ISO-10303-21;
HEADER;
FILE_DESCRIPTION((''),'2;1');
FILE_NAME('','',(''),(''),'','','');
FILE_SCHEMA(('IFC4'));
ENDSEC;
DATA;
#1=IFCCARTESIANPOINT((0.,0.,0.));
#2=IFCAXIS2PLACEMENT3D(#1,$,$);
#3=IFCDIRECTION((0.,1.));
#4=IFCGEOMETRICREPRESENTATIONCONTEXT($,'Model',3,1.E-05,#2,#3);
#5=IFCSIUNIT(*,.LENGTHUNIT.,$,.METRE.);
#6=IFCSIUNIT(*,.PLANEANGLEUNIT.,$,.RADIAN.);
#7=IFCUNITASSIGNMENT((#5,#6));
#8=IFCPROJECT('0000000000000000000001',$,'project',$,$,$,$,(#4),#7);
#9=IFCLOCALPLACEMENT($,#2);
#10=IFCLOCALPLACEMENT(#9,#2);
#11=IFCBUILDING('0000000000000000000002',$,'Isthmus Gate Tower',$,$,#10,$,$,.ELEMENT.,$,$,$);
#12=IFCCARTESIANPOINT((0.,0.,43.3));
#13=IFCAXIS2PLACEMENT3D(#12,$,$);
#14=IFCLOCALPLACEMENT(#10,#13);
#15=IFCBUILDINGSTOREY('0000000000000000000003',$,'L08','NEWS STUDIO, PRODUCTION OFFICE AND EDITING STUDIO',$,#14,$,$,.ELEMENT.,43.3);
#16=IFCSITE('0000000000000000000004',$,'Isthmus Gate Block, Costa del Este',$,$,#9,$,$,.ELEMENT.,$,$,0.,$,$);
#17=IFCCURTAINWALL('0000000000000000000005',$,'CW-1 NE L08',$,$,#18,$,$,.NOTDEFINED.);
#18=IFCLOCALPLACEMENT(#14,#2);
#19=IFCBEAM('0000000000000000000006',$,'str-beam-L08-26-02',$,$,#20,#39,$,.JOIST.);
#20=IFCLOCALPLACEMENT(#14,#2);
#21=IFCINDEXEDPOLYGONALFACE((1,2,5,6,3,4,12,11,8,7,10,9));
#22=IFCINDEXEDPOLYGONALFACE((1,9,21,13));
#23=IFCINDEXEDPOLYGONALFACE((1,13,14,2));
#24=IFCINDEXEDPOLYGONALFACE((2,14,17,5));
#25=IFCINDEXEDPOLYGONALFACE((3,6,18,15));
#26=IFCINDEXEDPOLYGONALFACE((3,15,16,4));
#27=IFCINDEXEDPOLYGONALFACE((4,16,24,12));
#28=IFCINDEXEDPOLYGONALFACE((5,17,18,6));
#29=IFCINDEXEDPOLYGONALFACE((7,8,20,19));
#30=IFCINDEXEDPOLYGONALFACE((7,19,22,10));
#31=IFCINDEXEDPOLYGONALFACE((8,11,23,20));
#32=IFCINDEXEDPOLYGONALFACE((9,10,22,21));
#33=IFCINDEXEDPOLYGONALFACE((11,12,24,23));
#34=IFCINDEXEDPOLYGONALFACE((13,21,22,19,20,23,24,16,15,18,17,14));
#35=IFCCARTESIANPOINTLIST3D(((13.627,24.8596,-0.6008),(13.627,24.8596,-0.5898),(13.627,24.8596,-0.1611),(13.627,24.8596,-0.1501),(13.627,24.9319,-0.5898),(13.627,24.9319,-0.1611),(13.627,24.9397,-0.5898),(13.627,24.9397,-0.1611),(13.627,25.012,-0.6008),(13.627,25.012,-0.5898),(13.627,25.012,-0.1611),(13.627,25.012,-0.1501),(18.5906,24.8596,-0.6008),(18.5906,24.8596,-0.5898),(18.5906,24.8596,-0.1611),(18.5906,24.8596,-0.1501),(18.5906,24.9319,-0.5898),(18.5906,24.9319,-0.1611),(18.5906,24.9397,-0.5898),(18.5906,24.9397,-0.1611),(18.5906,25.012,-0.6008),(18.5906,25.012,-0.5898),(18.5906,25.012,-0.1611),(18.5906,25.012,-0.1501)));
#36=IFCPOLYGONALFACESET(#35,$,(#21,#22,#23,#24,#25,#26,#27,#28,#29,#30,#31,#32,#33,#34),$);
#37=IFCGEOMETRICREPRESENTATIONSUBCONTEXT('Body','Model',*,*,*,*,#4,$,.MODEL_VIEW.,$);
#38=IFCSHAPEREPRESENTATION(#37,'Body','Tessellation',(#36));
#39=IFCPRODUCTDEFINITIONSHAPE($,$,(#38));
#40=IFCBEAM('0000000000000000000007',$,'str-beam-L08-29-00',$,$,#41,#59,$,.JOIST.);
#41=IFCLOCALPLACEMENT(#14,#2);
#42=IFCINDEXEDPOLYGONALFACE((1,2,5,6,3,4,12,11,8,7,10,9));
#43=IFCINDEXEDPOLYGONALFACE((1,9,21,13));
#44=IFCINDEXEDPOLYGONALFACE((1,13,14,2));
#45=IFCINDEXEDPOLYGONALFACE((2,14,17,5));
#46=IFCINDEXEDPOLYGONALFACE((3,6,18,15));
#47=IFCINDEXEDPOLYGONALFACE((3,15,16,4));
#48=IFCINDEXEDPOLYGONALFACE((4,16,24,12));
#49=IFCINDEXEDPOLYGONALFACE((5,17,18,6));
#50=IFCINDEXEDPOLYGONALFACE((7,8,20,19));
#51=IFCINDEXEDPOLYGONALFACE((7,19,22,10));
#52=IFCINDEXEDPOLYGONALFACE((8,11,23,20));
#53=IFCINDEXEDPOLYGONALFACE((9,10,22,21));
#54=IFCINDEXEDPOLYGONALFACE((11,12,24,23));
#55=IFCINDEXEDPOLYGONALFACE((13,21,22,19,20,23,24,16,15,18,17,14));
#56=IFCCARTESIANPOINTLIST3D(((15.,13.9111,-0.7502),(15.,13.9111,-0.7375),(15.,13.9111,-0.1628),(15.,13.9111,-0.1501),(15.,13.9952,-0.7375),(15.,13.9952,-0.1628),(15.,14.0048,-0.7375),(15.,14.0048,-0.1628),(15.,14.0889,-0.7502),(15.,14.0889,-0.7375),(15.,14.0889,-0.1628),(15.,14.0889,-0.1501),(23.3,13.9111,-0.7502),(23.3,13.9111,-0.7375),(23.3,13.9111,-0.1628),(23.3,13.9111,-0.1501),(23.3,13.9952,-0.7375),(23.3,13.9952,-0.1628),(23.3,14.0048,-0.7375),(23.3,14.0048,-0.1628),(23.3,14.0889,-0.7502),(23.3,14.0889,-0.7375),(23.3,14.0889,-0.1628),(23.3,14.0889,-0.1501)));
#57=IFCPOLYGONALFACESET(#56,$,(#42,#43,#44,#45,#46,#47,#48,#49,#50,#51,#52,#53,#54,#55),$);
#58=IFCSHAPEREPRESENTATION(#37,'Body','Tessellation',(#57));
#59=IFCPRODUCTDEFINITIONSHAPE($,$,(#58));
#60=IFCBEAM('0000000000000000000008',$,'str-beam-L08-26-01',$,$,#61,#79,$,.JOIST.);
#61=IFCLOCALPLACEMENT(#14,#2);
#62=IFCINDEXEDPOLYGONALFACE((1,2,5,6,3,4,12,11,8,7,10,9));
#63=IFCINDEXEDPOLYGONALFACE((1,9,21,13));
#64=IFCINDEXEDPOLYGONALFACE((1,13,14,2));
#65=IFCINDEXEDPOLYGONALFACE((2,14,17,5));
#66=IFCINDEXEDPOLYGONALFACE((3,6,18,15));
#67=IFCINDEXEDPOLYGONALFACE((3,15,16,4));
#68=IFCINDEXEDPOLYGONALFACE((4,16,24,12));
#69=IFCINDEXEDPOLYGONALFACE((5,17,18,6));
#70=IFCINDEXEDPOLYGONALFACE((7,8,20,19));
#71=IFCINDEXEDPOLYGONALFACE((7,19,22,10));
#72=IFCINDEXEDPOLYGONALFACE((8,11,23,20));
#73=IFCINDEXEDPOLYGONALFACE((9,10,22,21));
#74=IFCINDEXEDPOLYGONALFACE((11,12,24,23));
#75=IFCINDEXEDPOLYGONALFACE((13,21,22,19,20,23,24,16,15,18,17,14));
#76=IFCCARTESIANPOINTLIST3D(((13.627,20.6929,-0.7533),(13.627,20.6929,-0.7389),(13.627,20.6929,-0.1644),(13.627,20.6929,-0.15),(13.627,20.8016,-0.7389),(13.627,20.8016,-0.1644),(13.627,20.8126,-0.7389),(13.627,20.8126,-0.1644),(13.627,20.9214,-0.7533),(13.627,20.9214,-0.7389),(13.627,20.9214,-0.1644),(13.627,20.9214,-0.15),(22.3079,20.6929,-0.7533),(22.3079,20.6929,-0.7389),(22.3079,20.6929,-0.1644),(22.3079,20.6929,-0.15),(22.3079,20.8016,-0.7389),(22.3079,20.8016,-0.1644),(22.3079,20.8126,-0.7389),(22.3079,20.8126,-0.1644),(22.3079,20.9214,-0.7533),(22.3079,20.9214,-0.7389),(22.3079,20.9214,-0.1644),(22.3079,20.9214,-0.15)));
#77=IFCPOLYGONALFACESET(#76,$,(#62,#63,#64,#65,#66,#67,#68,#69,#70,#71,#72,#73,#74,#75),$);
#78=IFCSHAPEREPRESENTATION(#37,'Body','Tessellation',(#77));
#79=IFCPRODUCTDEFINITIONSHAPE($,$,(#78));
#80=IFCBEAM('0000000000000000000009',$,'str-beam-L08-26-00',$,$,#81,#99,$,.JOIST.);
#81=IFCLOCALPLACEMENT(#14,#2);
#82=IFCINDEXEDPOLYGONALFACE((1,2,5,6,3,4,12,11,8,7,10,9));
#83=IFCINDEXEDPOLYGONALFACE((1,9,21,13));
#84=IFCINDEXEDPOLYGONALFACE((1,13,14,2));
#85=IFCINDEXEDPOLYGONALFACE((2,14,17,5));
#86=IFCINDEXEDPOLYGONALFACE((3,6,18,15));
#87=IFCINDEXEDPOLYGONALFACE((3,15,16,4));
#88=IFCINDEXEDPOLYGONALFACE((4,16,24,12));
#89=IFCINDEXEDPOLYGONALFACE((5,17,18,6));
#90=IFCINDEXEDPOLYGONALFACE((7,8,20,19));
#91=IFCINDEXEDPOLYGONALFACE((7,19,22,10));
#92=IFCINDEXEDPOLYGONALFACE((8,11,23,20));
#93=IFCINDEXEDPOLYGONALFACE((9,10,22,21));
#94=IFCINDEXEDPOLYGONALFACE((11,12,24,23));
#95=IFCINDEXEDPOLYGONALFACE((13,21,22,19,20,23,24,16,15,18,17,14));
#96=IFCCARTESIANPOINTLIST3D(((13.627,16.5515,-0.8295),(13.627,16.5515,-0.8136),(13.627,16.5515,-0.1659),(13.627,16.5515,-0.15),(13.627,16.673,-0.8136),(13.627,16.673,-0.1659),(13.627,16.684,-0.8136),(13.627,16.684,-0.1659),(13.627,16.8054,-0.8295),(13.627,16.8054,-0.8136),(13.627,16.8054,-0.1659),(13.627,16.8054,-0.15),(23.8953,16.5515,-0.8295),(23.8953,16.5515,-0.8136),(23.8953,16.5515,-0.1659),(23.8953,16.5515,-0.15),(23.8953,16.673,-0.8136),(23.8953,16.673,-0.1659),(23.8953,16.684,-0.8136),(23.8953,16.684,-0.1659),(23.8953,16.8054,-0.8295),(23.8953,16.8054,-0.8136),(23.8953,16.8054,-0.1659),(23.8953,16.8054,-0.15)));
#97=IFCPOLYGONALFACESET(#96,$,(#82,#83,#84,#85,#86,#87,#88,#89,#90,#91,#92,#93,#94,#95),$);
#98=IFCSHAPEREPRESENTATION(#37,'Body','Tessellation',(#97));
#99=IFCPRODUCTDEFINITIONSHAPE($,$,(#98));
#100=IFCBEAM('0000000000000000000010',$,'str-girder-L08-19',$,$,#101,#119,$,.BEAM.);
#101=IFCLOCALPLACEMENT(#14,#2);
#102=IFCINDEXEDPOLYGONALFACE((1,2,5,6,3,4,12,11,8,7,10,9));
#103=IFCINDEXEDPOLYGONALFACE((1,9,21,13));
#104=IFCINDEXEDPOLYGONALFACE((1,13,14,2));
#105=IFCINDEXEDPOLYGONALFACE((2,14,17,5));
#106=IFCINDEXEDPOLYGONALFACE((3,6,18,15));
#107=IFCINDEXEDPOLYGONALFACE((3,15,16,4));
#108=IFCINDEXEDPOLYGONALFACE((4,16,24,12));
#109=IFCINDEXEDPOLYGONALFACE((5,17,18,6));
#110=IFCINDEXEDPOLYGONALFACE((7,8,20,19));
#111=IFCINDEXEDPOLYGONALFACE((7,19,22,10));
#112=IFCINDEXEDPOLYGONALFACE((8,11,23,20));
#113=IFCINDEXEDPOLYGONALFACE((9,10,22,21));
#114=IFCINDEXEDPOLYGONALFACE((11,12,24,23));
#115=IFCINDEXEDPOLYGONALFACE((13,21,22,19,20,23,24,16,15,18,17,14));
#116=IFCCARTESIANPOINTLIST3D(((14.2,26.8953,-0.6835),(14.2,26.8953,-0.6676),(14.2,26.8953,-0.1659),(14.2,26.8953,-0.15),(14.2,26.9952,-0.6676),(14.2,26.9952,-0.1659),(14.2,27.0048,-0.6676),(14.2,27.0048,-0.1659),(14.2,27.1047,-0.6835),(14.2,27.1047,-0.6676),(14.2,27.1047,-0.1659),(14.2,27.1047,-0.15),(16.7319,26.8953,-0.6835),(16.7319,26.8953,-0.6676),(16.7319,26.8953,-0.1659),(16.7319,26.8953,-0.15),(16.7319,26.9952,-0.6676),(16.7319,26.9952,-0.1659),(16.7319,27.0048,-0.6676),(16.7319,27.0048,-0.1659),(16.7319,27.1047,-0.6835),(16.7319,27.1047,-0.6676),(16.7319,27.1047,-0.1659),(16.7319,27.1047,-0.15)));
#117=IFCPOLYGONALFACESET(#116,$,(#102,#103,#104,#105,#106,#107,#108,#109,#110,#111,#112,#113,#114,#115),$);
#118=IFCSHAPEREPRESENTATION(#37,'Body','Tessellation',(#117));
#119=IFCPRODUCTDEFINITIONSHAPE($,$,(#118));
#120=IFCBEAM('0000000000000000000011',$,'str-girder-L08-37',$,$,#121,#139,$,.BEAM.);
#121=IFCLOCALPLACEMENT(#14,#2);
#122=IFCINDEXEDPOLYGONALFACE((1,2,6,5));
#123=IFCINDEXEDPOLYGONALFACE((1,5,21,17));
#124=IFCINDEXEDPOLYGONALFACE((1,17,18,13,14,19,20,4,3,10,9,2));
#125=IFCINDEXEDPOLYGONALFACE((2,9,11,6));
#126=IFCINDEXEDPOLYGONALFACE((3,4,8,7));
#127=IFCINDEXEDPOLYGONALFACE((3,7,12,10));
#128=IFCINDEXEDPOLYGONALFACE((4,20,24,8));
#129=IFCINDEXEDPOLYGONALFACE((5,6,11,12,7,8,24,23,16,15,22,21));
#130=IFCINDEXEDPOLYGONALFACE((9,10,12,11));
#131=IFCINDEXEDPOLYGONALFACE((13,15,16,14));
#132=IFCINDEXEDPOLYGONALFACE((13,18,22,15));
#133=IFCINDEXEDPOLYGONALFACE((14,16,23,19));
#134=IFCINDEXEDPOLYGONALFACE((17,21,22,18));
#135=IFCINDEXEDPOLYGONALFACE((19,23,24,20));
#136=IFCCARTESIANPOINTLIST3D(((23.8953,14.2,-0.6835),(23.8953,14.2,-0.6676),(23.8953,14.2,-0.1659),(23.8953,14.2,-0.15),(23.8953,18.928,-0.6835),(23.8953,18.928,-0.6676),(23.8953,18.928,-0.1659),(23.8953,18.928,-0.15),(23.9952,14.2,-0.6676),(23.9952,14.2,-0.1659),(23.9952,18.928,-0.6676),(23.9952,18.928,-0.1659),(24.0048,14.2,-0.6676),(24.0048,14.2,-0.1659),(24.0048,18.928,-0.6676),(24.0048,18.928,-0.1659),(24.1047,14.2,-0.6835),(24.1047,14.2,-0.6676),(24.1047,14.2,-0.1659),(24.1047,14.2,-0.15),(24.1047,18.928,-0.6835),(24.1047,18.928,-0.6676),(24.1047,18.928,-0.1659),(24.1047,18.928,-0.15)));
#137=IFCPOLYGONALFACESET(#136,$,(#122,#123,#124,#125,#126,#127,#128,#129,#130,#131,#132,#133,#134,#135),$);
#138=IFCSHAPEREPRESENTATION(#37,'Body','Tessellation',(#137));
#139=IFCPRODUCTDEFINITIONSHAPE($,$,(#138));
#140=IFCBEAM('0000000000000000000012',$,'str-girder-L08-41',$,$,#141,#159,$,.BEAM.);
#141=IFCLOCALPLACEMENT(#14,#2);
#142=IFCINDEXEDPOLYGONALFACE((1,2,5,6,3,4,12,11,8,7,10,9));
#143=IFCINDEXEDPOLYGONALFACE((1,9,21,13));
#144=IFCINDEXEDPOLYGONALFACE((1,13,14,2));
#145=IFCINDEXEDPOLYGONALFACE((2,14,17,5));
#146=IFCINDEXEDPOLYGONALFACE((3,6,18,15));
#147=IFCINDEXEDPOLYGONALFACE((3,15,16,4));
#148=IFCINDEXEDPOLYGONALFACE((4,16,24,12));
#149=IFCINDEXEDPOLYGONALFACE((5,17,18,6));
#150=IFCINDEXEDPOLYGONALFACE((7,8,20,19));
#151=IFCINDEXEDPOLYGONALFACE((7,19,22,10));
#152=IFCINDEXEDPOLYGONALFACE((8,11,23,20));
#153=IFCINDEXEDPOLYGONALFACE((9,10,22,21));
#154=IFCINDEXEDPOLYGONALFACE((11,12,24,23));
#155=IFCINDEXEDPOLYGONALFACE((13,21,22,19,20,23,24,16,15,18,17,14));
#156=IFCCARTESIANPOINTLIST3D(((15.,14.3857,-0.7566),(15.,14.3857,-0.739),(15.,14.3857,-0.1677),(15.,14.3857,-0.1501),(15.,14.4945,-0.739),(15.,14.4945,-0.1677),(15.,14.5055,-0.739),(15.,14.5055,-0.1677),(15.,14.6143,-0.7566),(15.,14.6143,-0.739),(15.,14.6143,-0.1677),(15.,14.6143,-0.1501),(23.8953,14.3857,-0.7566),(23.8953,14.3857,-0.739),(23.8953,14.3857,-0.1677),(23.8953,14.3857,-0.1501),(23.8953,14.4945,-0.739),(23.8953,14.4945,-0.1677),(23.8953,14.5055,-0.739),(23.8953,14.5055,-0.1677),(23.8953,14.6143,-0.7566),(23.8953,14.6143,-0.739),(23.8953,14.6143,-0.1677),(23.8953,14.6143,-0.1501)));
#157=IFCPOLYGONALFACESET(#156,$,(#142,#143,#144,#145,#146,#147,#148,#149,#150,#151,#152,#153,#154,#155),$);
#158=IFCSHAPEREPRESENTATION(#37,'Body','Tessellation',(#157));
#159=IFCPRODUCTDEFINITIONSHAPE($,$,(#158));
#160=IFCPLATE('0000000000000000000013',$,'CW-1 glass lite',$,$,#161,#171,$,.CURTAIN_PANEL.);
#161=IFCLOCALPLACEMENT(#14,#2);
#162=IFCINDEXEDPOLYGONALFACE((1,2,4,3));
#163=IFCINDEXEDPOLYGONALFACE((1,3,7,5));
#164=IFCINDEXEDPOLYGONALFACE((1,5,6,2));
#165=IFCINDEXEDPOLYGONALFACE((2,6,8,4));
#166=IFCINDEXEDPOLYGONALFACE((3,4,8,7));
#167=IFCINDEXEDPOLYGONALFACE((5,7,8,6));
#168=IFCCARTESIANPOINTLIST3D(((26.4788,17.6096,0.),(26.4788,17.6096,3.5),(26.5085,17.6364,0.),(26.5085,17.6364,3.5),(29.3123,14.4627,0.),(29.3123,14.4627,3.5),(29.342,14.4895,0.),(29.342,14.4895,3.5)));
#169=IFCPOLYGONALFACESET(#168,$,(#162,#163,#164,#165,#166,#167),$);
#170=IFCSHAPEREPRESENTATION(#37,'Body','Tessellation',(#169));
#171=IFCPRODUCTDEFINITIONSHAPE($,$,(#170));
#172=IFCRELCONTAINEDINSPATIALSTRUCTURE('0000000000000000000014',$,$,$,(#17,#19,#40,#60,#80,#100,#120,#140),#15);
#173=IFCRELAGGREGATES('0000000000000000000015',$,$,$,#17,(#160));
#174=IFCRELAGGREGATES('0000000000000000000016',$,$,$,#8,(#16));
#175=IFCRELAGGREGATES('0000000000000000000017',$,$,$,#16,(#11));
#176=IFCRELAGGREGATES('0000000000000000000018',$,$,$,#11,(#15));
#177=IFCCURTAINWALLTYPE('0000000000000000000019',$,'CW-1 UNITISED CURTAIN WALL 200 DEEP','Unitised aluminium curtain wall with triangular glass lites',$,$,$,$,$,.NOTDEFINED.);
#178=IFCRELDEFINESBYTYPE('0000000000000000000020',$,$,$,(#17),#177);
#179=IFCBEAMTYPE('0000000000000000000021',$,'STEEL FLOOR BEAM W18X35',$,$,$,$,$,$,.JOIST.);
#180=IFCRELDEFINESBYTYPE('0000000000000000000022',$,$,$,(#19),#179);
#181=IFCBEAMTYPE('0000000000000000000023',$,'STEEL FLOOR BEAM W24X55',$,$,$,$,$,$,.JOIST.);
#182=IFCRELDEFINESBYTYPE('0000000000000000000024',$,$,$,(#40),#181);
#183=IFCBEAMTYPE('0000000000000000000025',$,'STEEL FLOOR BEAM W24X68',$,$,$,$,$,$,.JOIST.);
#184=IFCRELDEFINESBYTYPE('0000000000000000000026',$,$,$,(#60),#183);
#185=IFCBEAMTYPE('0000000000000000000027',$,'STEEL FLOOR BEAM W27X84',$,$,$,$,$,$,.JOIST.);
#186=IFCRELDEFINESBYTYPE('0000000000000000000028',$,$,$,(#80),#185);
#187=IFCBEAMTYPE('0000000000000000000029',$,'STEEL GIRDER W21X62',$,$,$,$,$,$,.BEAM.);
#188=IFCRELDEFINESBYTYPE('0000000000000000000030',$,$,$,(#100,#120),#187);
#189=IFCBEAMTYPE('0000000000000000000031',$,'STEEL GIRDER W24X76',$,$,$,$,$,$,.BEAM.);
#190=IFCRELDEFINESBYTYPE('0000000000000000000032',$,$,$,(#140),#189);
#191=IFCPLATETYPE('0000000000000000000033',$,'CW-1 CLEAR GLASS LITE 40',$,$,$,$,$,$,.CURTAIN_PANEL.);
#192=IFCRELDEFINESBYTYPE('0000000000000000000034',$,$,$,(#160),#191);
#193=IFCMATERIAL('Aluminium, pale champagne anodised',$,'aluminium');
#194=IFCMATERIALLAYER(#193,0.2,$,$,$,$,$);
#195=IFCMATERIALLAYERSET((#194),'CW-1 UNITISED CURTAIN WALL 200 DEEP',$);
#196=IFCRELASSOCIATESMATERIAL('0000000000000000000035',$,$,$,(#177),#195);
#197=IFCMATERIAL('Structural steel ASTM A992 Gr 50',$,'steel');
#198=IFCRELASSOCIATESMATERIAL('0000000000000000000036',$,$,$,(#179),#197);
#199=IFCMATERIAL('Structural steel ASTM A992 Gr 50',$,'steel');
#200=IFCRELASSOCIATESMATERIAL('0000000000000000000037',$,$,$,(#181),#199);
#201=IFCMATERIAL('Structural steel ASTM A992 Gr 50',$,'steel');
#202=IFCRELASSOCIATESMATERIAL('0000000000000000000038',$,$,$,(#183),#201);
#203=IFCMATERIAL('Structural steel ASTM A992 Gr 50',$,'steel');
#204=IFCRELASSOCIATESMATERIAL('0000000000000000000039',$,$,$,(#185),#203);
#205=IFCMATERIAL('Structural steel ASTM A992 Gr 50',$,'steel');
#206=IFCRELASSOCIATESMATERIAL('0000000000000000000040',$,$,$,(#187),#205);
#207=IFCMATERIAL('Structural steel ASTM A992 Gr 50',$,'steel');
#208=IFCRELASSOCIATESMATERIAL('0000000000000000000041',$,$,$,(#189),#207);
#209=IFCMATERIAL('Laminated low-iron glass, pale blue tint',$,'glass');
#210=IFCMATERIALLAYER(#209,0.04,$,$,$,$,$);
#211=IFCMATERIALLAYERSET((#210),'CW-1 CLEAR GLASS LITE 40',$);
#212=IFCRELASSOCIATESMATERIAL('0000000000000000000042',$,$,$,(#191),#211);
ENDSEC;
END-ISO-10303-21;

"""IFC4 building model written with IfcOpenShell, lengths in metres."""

from ifc_helpers import new_model, si_unit, direction, frame, origin, origin_2d, place, context, subcontext, project, spatial, rectangle, i_section, extrude, material, layer, layer_set, material_profile, profile_set, type_object, element, aggregate, save


model = new_model("IFC4")

# Units and contexts
model_context = context("Model", 3, precision=1e-05, world=origin(), true_north=direction((0.0, 1.0)))
body_context = subcontext(model_context, "Body", "Model", "MODEL_VIEW")
ifc_project = project(units=[si_unit("LENGTHUNIT", "METRE"), si_unit("PLANEANGLEUNIT", "RADIAN")], contexts=[model_context])

# Site, building, storey
site_placement = place(None, origin())
site = spatial("IfcSite", under=ifc_project, at=site_placement, Name="Isthmus Gate Block, Costa del Este", CompositionType="ELEMENT", RefElevation=0.0)
building_placement = place(site_placement, origin())
building = spatial("IfcBuilding", under=site, at=building_placement, Name="Isthmus Gate Tower", CompositionType="ELEMENT")
storey_placement = place(building_placement, frame((0.0, 0.0, 43.3)))
storey = spatial("IfcBuildingStorey", under=building, at=storey_placement, Name="L08", Description="NEWS STUDIO, PRODUCTION OFFICE AND EDITING STUDIO", CompositionType="ELEMENT", Elevation=43.3)

# Curtain wall
ifc_material_1 = material(Name="Aluminium, pale champagne anodised", Category="aluminium")
ifc_layer_1 = layer(ifc_material_1, 0.2)
ifc_layer_set_1 = layer_set([ifc_layer_1], Name="CW-1 UNITISED CURTAIN WALL 200 DEEP")
curtain_wall_type = type_object("IfcCurtainWallType", Name="CW-1 UNITISED CURTAIN WALL 200 DEEP", Description="Unitised aluminium curtain wall with triangular glass lites", PredefinedType="NOTDEFINED", material=ifc_layer_set_1)
curtain_wall_1_placement = place(storey_placement, origin())
curtain_wall_1 = element("IfcCurtainWall", 1, at=curtain_wall_1_placement, inside=storey, type_object=curtain_wall_type, Name="CW-1 NE L08", PredefinedType="NOTDEFINED")

# Beams
ifc_material_2 = material(Name="Structural steel ASTM A992 Gr 50", Category="steel")
ifc_material_profile_1 = material_profile(ifc_material_2, i_section(OverallWidth=0.1523, OverallDepth=0.4507, WebThickness=0.0078, FlangeThickness=0.011, at=origin_2d()), Name="W18X35")
ifc_profile_set_1 = profile_set([ifc_material_profile_1], Name="Structural steel ASTM A992 Gr 50")
beam_type_1 = type_object("IfcBeamType", Name="STEEL FLOOR BEAM W18X35", PredefinedType="JOIST", material=ifc_profile_set_1)
beam_1_placement = place(storey_placement, frame((13.627, 24.9358, -0.3755), z_axis=(1.0, 0.0, 0.0), x_axis=(0.0, 1.0, 0.0)))
element("IfcBeam", 2, at=beam_1_placement, inside=storey, type_object=beam_type_1, Name="str-beam-L08-26-02", PredefinedType="JOIST", context=body_context, shape_type="SweptSolid", body=[
    extrude(i_section(OverallWidth=0.1523, OverallDepth=0.4507, WebThickness=0.0078, FlangeThickness=0.011, at=origin_2d()), origin(), (0.0, 0.0, 1.0), 4.9636),
])
ifc_material_3 = material(Name="Structural steel ASTM A992 Gr 50", Category="steel")
ifc_material_profile_2 = material_profile(ifc_material_3, i_section(OverallWidth=0.1777, OverallDepth=0.6001, WebThickness=0.0095, FlangeThickness=0.0127, at=origin_2d()), Name="W24X55")
ifc_profile_set_2 = profile_set([ifc_material_profile_2], Name="Structural steel ASTM A992 Gr 50")
beam_type_2 = type_object("IfcBeamType", Name="STEEL FLOOR BEAM W24X55", PredefinedType="JOIST", material=ifc_profile_set_2)
beam_2_placement = place(storey_placement, frame((15.0, 14.0, -0.4502), z_axis=(1.0, 0.0, 0.0), x_axis=(0.0, 1.0, 0.0)))
element("IfcBeam", 3, at=beam_2_placement, inside=storey, type_object=beam_type_2, Name="str-beam-L08-29-00", PredefinedType="JOIST", context=body_context, shape_type="SweptSolid", body=[
    extrude(i_section(OverallWidth=0.1777, OverallDepth=0.6001, WebThickness=0.0095, FlangeThickness=0.0127, at=origin_2d()), origin(), (0.0, 0.0, 1.0), 8.3),
])
ifc_material_4 = material(Name="Structural steel ASTM A992 Gr 50", Category="steel")
ifc_material_profile_3 = material_profile(ifc_material_4, i_section(OverallWidth=0.2285, OverallDepth=0.6033, WebThickness=0.011, FlangeThickness=0.0144, at=origin_2d()), Name="W24X68")
ifc_profile_set_3 = profile_set([ifc_material_profile_3], Name="Structural steel ASTM A992 Gr 50")
beam_type_3 = type_object("IfcBeamType", Name="STEEL FLOOR BEAM W24X68", PredefinedType="JOIST", material=ifc_profile_set_3)
beam_3_placement = place(storey_placement, frame((13.627, 20.8071, -0.4517), z_axis=(1.0, 0.0, 0.0), x_axis=(0.0, 1.0, 0.0)))
element("IfcBeam", 4, at=beam_3_placement, inside=storey, type_object=beam_type_3, Name="str-beam-L08-26-01", PredefinedType="JOIST", context=body_context, shape_type="SweptSolid", body=[
    extrude(i_section(OverallWidth=0.2285, OverallDepth=0.6033, WebThickness=0.011, FlangeThickness=0.0144, at=origin_2d()), origin(), (0.0, 0.0, 1.0), 8.6809),
])
ifc_material_5 = material(Name="Structural steel ASTM A992 Gr 50", Category="steel")
ifc_material_profile_4 = material_profile(ifc_material_5, i_section(OverallWidth=0.2539, OverallDepth=0.6794, WebThickness=0.011, FlangeThickness=0.0159, at=origin_2d()), Name="W27X84")
ifc_profile_set_4 = profile_set([ifc_material_profile_4], Name="Structural steel ASTM A992 Gr 50")
beam_type_4 = type_object("IfcBeamType", Name="STEEL FLOOR BEAM W27X84", PredefinedType="JOIST", material=ifc_profile_set_4)
beam_4_placement = place(storey_placement, frame((13.627, 16.6785, -0.4897), z_axis=(1.0, 0.0, 0.0), x_axis=(0.0, 1.0, 0.0)))
element("IfcBeam", 5, at=beam_4_placement, inside=storey, type_object=beam_type_4, Name="str-beam-L08-26-00", PredefinedType="JOIST", context=body_context, shape_type="SweptSolid", body=[
    extrude(i_section(OverallWidth=0.2539, OverallDepth=0.6794, WebThickness=0.011, FlangeThickness=0.0159, at=origin_2d()), origin(), (0.0, 0.0, 1.0), 10.2683),
])
ifc_material_6 = material(Name="Structural steel ASTM A992 Gr 50", Category="steel")
ifc_material_profile_5 = material_profile(ifc_material_6, i_section(OverallWidth=0.2095, OverallDepth=0.5334, WebThickness=0.0095, FlangeThickness=0.0159, at=origin_2d()), Name="W21X62")
ifc_profile_set_5 = profile_set([ifc_material_profile_5], Name="Structural steel ASTM A992 Gr 50")
beam_type_5 = type_object("IfcBeamType", Name="STEEL GIRDER W21X62", PredefinedType="BEAM", material=ifc_profile_set_5)
beam_5_placement = place(storey_placement, frame((14.2, 27.0, -0.4167), z_axis=(1.0, 0.0, 0.0), x_axis=(0.0, 1.0, 0.0)))
element("IfcBeam", 6, at=beam_5_placement, inside=storey, type_object=beam_type_5, Name="str-girder-L08-19", PredefinedType="BEAM", context=body_context, shape_type="SweptSolid", body=[
    extrude(i_section(OverallWidth=0.2095, OverallDepth=0.5334, WebThickness=0.0095, FlangeThickness=0.0159, at=origin_2d()), origin(), (0.0, 0.0, 1.0), 2.532),
])
beam_6_placement = place(storey_placement, frame((24.0, 14.2, -0.4167), z_axis=(0.0, 1.0, 0.0), x_axis=(-1.0, 0.0, 0.0)))
element("IfcBeam", 7, at=beam_6_placement, inside=storey, type_object=beam_type_5, Name="str-girder-L08-37", PredefinedType="BEAM", context=body_context, shape_type="SweptSolid", body=[
    extrude(i_section(OverallWidth=0.2095, OverallDepth=0.5334, WebThickness=0.0095, FlangeThickness=0.0159, at=origin_2d()), origin(), (0.0, 0.0, 1.0), 4.728),
])
ifc_material_7 = material(Name="Structural steel ASTM A992 Gr 50", Category="steel")
ifc_material_profile_6 = material_profile(ifc_material_7, i_section(OverallWidth=0.2285, OverallDepth=0.6064, WebThickness=0.011, FlangeThickness=0.0176, at=origin_2d()), Name="W24X76")
ifc_profile_set_6 = profile_set([ifc_material_profile_6], Name="Structural steel ASTM A992 Gr 50")
beam_type_6 = type_object("IfcBeamType", Name="STEEL GIRDER W24X76", PredefinedType="BEAM", material=ifc_profile_set_6)
beam_7_placement = place(storey_placement, frame((15.0, 14.5, -0.4534), z_axis=(1.0, 0.0, 0.0), x_axis=(0.0, 1.0, 0.0)))
element("IfcBeam", 8, at=beam_7_placement, inside=storey, type_object=beam_type_6, Name="str-girder-L08-41", PredefinedType="BEAM", context=body_context, shape_type="SweptSolid", body=[
    extrude(i_section(OverallWidth=0.2285, OverallDepth=0.6064, WebThickness=0.011, FlangeThickness=0.0176, at=origin_2d()), origin(), (0.0, 0.0, 1.0), 8.8953),
])

# Plate
ifc_material_8 = material(Name="Laminated low-iron glass, pale blue tint", Category="glass")
ifc_layer_2 = layer(ifc_material_8, 0.04)
ifc_layer_set_2 = layer_set([ifc_layer_2], Name="CW-1 CLEAR GLASS LITE 40")
plate_type = type_object("IfcPlateType", Name="CW-1 CLEAR GLASS LITE 40", PredefinedType="CURTAIN_PANEL", material=ifc_layer_set_2)
plate_1_placement = place(storey_placement, frame((27.9104, 16.0496, 0.0), z_axis=(0.0, 0.0, 1.0), x_axis=(-0.669131, 0.743145, 0.0)))
plate_1 = element("IfcPlate", 9, at=plate_1_placement, type_object=plate_type, Name="CW-1 glass lite", PredefinedType="CURTAIN_PANEL", context=body_context, shape_type="SweptSolid", body=[
    extrude(rectangle(XDim=4.2346, YDim=0.04, at=origin_2d()), origin(), (0.0, 0.0, 1.0), 3.5),
])

aggregate(curtain_wall_1, [plate_1])

save(model, "model.ifc")
